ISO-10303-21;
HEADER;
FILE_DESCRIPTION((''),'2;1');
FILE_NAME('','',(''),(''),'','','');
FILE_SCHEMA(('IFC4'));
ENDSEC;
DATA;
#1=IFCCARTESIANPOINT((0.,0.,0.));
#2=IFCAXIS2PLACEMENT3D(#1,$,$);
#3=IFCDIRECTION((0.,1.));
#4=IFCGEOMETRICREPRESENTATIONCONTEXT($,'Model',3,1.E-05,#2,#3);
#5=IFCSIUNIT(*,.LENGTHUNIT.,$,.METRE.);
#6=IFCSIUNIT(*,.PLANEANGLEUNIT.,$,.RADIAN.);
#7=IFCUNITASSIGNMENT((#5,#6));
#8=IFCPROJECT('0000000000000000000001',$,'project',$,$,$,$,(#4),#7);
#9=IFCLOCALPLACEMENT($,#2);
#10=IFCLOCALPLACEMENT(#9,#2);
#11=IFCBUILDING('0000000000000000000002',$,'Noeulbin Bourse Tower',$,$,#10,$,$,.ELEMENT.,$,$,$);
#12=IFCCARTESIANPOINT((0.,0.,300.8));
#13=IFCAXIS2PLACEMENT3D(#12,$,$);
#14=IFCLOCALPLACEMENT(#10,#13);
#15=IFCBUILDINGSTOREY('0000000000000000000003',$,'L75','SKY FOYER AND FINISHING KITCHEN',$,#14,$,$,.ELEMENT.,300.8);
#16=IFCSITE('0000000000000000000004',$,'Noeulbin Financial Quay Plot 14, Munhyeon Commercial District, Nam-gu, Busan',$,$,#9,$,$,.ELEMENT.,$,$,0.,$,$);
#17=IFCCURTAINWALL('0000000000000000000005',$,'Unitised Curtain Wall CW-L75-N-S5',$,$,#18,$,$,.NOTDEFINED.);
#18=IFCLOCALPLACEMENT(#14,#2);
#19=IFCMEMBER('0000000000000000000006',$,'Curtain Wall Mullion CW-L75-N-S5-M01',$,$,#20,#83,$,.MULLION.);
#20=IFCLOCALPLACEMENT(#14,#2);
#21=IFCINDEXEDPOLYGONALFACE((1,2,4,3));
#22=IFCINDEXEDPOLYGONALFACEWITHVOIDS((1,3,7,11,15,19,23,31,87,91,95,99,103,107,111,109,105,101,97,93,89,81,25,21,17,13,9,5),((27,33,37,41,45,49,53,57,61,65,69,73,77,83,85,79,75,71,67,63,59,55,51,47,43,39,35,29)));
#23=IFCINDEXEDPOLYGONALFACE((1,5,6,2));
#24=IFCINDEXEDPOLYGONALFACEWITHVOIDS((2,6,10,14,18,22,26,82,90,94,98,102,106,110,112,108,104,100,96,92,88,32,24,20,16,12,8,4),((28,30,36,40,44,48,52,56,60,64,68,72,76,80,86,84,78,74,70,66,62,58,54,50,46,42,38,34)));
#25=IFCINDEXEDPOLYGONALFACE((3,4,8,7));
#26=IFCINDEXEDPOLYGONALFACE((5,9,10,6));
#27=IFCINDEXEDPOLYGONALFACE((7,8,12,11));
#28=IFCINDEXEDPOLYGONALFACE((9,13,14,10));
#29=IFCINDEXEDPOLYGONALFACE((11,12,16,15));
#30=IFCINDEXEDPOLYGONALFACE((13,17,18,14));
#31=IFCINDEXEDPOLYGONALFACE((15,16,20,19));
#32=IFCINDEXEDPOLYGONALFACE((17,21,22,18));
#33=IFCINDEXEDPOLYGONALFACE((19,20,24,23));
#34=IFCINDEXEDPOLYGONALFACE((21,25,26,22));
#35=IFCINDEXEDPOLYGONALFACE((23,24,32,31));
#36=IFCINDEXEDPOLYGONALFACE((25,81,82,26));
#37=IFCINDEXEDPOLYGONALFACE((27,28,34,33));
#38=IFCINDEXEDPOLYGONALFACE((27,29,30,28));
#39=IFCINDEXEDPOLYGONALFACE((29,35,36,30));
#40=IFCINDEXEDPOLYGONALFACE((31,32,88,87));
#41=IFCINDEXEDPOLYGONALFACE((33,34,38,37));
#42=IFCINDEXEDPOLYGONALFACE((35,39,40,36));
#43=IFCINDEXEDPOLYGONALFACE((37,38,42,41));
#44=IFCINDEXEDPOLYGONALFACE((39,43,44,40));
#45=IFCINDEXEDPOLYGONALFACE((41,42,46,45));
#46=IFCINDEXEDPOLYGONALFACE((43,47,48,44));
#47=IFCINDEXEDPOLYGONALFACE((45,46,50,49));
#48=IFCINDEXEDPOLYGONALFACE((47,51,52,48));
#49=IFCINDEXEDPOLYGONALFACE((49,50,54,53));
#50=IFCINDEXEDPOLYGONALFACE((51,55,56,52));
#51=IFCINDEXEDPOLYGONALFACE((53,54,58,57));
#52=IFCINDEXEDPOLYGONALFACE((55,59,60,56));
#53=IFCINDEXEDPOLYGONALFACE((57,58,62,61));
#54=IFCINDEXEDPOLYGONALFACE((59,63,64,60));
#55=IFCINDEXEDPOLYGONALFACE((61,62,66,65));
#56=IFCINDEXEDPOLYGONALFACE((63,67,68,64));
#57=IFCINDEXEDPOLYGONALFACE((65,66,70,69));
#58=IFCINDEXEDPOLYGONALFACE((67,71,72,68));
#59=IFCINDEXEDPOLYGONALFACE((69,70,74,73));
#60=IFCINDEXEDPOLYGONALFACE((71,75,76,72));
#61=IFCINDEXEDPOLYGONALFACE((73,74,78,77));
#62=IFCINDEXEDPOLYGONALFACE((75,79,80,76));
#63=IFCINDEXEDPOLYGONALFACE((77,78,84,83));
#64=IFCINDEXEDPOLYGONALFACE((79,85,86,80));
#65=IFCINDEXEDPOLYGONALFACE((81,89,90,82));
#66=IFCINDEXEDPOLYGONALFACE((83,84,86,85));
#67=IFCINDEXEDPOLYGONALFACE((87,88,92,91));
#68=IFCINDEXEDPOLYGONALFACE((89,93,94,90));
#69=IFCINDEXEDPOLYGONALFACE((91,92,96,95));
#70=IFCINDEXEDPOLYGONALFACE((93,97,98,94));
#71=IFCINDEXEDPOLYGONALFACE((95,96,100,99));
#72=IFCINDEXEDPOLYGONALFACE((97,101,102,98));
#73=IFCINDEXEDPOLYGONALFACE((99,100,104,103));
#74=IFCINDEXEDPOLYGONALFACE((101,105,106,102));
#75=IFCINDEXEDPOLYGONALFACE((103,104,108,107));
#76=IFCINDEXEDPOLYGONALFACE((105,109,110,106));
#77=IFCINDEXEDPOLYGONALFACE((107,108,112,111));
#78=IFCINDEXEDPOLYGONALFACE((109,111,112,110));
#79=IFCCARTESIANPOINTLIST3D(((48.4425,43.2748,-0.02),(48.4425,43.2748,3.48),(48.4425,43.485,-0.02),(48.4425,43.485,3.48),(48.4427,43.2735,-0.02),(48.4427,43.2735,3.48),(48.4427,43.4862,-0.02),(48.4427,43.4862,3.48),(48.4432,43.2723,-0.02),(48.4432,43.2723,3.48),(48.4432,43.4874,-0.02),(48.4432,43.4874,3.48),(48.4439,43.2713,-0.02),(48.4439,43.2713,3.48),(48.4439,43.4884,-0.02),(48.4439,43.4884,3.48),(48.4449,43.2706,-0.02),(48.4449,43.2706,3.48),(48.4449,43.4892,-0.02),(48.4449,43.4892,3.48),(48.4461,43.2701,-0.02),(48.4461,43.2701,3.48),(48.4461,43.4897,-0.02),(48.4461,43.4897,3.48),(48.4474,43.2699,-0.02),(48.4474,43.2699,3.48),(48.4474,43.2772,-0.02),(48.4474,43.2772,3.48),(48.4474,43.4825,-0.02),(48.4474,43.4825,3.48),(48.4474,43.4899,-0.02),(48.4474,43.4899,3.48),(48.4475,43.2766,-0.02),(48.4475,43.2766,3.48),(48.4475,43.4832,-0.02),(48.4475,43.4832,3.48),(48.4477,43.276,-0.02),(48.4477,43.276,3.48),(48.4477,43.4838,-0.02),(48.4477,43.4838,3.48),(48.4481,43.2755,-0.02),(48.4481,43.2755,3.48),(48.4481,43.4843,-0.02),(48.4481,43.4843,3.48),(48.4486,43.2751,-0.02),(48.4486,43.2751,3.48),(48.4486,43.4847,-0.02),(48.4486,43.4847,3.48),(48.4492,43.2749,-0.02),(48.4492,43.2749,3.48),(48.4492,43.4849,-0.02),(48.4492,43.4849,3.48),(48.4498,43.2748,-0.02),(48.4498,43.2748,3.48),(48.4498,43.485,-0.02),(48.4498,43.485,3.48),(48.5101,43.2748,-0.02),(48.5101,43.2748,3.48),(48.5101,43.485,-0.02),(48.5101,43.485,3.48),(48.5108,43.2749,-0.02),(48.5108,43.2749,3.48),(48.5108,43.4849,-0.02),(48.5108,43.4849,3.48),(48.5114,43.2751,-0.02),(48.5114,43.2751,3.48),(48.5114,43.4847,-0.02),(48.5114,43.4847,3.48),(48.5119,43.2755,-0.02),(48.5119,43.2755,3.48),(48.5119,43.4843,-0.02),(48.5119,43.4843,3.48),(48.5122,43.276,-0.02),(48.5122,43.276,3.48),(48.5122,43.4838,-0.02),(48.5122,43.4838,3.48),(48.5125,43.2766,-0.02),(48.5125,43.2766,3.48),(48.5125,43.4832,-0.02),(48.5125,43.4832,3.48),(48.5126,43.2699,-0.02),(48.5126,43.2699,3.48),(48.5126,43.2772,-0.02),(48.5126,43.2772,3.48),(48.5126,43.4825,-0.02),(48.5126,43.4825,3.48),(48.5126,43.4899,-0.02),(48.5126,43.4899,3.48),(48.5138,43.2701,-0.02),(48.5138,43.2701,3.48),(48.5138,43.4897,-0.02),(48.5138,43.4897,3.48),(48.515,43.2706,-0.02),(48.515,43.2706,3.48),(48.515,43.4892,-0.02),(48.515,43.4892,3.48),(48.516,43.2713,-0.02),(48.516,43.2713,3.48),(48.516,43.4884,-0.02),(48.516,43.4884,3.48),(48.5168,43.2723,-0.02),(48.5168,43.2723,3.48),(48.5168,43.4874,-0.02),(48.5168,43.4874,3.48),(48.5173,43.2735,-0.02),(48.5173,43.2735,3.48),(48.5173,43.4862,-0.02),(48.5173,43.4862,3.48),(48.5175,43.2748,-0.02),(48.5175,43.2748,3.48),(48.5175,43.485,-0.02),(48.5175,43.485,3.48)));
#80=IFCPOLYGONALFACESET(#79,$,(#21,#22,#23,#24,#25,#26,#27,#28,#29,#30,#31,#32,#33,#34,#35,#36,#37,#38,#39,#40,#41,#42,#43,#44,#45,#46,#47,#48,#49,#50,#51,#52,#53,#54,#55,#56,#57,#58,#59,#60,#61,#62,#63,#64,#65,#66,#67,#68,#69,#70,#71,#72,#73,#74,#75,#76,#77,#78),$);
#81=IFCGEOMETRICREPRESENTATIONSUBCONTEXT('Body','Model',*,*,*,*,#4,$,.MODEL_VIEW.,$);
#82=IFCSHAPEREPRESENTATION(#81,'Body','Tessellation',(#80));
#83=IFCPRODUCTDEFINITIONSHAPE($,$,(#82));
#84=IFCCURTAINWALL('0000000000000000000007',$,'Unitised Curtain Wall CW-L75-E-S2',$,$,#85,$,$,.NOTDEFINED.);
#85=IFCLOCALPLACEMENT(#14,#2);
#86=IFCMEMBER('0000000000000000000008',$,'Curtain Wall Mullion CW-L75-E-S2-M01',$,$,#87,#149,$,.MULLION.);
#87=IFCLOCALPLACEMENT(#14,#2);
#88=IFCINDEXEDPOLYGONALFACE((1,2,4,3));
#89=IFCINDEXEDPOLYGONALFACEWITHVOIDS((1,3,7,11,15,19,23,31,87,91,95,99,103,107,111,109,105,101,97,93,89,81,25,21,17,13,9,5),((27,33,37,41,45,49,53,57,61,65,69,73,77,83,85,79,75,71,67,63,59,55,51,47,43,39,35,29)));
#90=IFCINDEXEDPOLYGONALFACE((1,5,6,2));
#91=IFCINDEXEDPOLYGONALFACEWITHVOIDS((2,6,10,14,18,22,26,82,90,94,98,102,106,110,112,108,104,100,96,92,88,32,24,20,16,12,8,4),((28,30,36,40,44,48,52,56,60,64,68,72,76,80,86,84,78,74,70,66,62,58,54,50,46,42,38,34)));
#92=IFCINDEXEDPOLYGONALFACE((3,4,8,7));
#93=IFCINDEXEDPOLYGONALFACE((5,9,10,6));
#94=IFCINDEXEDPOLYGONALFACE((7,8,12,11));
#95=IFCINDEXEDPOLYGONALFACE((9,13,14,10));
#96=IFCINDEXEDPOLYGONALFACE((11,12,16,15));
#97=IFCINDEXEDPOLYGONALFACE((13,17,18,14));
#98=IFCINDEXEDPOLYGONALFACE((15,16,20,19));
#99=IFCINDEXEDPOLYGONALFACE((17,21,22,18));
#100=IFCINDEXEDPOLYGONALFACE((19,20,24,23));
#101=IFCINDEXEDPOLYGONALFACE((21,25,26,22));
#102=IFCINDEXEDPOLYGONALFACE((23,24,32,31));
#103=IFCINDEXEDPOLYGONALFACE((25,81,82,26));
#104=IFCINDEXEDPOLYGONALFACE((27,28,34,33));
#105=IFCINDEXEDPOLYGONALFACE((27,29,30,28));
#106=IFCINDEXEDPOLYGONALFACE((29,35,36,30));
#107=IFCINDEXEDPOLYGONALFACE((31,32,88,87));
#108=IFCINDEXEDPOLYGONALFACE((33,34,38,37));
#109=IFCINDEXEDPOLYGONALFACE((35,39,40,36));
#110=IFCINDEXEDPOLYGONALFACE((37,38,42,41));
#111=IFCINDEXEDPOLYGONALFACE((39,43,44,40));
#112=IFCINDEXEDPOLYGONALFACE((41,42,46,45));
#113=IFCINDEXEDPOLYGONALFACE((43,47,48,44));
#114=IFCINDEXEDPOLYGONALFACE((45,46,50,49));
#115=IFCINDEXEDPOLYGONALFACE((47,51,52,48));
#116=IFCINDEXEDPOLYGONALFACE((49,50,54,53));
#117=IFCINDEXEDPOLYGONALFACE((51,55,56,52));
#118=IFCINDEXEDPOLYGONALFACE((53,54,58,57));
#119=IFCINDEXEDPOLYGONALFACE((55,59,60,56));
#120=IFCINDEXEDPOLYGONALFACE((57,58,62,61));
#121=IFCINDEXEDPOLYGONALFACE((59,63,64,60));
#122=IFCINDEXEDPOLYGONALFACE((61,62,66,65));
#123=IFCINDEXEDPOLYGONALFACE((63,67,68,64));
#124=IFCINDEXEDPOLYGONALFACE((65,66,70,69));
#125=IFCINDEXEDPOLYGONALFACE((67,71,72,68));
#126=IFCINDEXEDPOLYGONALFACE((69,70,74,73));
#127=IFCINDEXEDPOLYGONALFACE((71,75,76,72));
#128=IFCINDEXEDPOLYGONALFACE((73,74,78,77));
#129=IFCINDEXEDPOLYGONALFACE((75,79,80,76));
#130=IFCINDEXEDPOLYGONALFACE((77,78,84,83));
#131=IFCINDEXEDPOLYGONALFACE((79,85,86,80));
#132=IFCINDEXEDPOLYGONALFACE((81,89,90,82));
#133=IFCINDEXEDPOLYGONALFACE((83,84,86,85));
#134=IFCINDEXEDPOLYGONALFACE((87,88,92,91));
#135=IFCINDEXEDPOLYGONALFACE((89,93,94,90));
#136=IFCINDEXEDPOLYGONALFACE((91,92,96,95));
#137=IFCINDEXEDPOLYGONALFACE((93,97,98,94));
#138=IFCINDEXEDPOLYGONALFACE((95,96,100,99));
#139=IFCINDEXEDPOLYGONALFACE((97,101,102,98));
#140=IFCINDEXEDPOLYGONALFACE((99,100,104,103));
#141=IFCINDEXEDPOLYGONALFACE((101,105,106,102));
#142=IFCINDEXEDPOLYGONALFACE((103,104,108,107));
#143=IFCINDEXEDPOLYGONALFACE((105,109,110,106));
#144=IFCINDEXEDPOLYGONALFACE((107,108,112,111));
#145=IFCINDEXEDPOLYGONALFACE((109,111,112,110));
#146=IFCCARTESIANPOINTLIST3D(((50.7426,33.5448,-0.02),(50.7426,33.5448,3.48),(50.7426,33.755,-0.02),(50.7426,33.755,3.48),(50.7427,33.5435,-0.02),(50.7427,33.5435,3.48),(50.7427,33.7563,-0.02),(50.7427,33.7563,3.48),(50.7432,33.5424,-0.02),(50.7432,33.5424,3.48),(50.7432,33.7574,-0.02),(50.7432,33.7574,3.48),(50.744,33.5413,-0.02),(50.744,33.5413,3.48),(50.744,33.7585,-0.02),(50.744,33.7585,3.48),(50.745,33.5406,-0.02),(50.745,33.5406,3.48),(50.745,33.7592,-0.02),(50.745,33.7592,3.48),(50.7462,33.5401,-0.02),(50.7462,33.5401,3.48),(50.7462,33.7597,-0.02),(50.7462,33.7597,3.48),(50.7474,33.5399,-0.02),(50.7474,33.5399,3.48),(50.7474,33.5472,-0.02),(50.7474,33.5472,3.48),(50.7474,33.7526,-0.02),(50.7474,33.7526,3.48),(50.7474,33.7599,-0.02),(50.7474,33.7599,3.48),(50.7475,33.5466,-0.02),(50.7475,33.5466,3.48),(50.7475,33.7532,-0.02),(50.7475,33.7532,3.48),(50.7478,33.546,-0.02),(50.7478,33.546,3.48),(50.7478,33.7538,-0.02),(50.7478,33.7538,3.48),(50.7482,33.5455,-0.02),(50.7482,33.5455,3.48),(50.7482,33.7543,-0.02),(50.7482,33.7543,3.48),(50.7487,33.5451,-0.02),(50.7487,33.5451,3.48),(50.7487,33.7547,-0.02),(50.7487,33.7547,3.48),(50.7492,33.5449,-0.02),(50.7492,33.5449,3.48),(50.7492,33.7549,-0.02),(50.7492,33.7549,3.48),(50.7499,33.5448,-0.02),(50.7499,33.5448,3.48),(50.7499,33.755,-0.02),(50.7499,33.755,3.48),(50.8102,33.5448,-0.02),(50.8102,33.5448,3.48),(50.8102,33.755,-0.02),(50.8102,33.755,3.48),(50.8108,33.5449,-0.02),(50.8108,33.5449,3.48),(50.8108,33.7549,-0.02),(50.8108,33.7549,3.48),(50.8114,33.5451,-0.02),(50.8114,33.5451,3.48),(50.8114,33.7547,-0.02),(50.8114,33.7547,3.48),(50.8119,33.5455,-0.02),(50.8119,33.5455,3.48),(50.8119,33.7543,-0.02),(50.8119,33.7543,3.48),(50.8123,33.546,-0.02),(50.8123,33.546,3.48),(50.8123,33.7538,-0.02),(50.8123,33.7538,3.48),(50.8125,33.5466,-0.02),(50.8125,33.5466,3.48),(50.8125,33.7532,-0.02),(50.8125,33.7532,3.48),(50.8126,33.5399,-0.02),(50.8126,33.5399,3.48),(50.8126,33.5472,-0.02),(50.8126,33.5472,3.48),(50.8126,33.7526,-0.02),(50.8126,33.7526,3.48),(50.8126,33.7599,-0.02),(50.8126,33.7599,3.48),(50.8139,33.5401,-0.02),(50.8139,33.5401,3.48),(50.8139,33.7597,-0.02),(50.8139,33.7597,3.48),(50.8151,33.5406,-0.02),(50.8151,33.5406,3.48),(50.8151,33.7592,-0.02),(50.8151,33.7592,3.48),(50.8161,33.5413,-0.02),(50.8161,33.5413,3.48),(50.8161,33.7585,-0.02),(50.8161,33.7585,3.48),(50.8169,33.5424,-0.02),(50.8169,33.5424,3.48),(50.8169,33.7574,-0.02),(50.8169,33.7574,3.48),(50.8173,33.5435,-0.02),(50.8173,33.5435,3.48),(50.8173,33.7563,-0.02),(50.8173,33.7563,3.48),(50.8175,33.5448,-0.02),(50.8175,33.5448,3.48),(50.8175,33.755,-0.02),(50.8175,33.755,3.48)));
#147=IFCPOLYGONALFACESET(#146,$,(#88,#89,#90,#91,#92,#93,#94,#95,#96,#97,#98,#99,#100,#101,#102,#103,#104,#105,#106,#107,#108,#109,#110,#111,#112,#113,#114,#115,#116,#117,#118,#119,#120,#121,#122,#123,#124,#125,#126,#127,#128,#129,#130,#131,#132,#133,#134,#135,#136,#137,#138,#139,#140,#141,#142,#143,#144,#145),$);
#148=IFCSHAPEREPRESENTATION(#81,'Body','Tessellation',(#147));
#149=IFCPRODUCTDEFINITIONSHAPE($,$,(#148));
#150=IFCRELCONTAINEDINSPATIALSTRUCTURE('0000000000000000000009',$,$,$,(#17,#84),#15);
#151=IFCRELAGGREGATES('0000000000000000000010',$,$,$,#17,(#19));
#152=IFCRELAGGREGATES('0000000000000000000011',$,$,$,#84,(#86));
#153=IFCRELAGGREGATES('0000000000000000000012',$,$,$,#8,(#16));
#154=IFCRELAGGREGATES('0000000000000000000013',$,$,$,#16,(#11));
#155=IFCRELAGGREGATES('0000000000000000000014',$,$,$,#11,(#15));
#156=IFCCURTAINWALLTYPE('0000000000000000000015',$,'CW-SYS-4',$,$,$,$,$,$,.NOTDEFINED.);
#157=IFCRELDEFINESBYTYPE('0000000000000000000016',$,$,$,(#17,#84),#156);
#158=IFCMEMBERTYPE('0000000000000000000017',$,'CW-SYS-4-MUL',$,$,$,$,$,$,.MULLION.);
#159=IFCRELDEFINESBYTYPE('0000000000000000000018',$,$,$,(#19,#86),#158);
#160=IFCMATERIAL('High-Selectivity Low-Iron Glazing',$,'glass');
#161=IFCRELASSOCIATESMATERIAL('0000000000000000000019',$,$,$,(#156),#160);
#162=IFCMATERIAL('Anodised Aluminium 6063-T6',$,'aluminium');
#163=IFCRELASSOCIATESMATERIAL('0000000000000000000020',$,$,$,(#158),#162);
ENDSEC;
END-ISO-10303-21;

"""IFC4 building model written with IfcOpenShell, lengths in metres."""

from ifc_helpers import new_model, si_unit, direction, frame, origin, origin_2d, place, context, subcontext, project, spatial, hollow_rectangle, extrude, material, material_profile, profile_set, type_object, element, aggregate, save


model = new_model("IFC4")

# Units and contexts
model_context = context("Model", 3, precision=1e-05, world=origin(), true_north=direction((0.0, 1.0)))
body_context = subcontext(model_context, "Body", "Model", "MODEL_VIEW")
ifc_project = project(units=[si_unit("LENGTHUNIT", "METRE"), si_unit("PLANEANGLEUNIT", "RADIAN")], contexts=[model_context])

# Site, building, storey
site_placement = place(None, origin())
site = spatial("IfcSite", under=ifc_project, at=site_placement, Name="Noeulbin Financial Quay Plot 14, Munhyeon Commercial District, Nam-gu, Busan", CompositionType="ELEMENT", RefElevation=0.0)
building_placement = place(site_placement, origin())
building = spatial("IfcBuilding", under=site, at=building_placement, Name="Noeulbin Bourse Tower", CompositionType="ELEMENT")
storey_placement = place(building_placement, frame((0.0, 0.0, 300.8)))
storey = spatial("IfcBuildingStorey", under=building, at=storey_placement, Name="L75", Description="SKY FOYER AND FINISHING KITCHEN", CompositionType="ELEMENT", Elevation=300.8)

# Shared definitions
ifc_material_1 = material(Name="High-Selectivity Low-Iron Glazing", Category="glass")
curtain_wall_type = type_object("IfcCurtainWallType", Name="CW-SYS-4", PredefinedType="NOTDEFINED", material=ifc_material_1)
ifc_material_2 = material(Name="Anodised Aluminium 6063-T6", Category="aluminium")
ifc_material_profile_1 = material_profile(ifc_material_2, hollow_rectangle(XDim=0.075, YDim=0.22, WallThickness=0.0049, InnerFilletRadius=0.0024, OuterFilletRadius=0.0049, at=origin_2d()), Name="ALU-MULL-75x220x5", Category="LoadBearing")
ifc_profile_set_1 = profile_set([ifc_material_profile_1], Name="Anodised Aluminium 6063-T6")
member_type_1 = type_object("IfcMemberType", Name="CW-SYS-4-MUL", PredefinedType="MULLION", material=ifc_profile_set_1)

# Curtain walls, members
curtain_wall_1_placement = place(storey_placement, origin())
curtain_wall_1 = element("IfcCurtainWall", 1, at=curtain_wall_1_placement, inside=storey, type_object=curtain_wall_type, Name="Unitised Curtain Wall CW-L75-N-S5", PredefinedType="NOTDEFINED")
member_1_placement = place(storey_placement, frame((48.48, 43.3799, -0.02), z_axis=(0.0, 0.0, 1.0), x_axis=(1.0, 0.0, 0.0)))
member_1 = element("IfcMember", 2, at=member_1_placement, type_object=member_type_1, Name="Curtain Wall Mullion CW-L75-N-S5-M01", PredefinedType="MULLION", context=body_context, shape_type="SweptSolid", body=[
    extrude(hollow_rectangle(XDim=0.075, YDim=0.22, WallThickness=0.0049, InnerFilletRadius=0.0024, OuterFilletRadius=0.0049, at=origin_2d()), origin(), (0.0, 0.0, 1.0), 3.5),
])
curtain_wall_2_placement = place(storey_placement, origin())
curtain_wall_2 = element("IfcCurtainWall", 3, at=curtain_wall_2_placement, inside=storey, type_object=curtain_wall_type, Name="Unitised Curtain Wall CW-L75-E-S2", PredefinedType="NOTDEFINED")
member_2_placement = place(storey_placement, frame((50.78, 33.6499, -0.02), z_axis=(0.0, 0.0, 1.0), x_axis=(1.0, 0.0, 0.0)))
member_2 = element("IfcMember", 4, at=member_2_placement, type_object=member_type_1, Name="Curtain Wall Mullion CW-L75-E-S2-M01", PredefinedType="MULLION", context=body_context, shape_type="SweptSolid", body=[
    extrude(hollow_rectangle(XDim=0.075, YDim=0.22, WallThickness=0.0049, InnerFilletRadius=0.0024, OuterFilletRadius=0.0049, at=origin_2d()), origin(), (0.0, 0.0, 1.0), 3.5),
])

aggregate(curtain_wall_1, [member_1])
aggregate(curtain_wall_2, [member_2])

save(model, "model.ifc")
